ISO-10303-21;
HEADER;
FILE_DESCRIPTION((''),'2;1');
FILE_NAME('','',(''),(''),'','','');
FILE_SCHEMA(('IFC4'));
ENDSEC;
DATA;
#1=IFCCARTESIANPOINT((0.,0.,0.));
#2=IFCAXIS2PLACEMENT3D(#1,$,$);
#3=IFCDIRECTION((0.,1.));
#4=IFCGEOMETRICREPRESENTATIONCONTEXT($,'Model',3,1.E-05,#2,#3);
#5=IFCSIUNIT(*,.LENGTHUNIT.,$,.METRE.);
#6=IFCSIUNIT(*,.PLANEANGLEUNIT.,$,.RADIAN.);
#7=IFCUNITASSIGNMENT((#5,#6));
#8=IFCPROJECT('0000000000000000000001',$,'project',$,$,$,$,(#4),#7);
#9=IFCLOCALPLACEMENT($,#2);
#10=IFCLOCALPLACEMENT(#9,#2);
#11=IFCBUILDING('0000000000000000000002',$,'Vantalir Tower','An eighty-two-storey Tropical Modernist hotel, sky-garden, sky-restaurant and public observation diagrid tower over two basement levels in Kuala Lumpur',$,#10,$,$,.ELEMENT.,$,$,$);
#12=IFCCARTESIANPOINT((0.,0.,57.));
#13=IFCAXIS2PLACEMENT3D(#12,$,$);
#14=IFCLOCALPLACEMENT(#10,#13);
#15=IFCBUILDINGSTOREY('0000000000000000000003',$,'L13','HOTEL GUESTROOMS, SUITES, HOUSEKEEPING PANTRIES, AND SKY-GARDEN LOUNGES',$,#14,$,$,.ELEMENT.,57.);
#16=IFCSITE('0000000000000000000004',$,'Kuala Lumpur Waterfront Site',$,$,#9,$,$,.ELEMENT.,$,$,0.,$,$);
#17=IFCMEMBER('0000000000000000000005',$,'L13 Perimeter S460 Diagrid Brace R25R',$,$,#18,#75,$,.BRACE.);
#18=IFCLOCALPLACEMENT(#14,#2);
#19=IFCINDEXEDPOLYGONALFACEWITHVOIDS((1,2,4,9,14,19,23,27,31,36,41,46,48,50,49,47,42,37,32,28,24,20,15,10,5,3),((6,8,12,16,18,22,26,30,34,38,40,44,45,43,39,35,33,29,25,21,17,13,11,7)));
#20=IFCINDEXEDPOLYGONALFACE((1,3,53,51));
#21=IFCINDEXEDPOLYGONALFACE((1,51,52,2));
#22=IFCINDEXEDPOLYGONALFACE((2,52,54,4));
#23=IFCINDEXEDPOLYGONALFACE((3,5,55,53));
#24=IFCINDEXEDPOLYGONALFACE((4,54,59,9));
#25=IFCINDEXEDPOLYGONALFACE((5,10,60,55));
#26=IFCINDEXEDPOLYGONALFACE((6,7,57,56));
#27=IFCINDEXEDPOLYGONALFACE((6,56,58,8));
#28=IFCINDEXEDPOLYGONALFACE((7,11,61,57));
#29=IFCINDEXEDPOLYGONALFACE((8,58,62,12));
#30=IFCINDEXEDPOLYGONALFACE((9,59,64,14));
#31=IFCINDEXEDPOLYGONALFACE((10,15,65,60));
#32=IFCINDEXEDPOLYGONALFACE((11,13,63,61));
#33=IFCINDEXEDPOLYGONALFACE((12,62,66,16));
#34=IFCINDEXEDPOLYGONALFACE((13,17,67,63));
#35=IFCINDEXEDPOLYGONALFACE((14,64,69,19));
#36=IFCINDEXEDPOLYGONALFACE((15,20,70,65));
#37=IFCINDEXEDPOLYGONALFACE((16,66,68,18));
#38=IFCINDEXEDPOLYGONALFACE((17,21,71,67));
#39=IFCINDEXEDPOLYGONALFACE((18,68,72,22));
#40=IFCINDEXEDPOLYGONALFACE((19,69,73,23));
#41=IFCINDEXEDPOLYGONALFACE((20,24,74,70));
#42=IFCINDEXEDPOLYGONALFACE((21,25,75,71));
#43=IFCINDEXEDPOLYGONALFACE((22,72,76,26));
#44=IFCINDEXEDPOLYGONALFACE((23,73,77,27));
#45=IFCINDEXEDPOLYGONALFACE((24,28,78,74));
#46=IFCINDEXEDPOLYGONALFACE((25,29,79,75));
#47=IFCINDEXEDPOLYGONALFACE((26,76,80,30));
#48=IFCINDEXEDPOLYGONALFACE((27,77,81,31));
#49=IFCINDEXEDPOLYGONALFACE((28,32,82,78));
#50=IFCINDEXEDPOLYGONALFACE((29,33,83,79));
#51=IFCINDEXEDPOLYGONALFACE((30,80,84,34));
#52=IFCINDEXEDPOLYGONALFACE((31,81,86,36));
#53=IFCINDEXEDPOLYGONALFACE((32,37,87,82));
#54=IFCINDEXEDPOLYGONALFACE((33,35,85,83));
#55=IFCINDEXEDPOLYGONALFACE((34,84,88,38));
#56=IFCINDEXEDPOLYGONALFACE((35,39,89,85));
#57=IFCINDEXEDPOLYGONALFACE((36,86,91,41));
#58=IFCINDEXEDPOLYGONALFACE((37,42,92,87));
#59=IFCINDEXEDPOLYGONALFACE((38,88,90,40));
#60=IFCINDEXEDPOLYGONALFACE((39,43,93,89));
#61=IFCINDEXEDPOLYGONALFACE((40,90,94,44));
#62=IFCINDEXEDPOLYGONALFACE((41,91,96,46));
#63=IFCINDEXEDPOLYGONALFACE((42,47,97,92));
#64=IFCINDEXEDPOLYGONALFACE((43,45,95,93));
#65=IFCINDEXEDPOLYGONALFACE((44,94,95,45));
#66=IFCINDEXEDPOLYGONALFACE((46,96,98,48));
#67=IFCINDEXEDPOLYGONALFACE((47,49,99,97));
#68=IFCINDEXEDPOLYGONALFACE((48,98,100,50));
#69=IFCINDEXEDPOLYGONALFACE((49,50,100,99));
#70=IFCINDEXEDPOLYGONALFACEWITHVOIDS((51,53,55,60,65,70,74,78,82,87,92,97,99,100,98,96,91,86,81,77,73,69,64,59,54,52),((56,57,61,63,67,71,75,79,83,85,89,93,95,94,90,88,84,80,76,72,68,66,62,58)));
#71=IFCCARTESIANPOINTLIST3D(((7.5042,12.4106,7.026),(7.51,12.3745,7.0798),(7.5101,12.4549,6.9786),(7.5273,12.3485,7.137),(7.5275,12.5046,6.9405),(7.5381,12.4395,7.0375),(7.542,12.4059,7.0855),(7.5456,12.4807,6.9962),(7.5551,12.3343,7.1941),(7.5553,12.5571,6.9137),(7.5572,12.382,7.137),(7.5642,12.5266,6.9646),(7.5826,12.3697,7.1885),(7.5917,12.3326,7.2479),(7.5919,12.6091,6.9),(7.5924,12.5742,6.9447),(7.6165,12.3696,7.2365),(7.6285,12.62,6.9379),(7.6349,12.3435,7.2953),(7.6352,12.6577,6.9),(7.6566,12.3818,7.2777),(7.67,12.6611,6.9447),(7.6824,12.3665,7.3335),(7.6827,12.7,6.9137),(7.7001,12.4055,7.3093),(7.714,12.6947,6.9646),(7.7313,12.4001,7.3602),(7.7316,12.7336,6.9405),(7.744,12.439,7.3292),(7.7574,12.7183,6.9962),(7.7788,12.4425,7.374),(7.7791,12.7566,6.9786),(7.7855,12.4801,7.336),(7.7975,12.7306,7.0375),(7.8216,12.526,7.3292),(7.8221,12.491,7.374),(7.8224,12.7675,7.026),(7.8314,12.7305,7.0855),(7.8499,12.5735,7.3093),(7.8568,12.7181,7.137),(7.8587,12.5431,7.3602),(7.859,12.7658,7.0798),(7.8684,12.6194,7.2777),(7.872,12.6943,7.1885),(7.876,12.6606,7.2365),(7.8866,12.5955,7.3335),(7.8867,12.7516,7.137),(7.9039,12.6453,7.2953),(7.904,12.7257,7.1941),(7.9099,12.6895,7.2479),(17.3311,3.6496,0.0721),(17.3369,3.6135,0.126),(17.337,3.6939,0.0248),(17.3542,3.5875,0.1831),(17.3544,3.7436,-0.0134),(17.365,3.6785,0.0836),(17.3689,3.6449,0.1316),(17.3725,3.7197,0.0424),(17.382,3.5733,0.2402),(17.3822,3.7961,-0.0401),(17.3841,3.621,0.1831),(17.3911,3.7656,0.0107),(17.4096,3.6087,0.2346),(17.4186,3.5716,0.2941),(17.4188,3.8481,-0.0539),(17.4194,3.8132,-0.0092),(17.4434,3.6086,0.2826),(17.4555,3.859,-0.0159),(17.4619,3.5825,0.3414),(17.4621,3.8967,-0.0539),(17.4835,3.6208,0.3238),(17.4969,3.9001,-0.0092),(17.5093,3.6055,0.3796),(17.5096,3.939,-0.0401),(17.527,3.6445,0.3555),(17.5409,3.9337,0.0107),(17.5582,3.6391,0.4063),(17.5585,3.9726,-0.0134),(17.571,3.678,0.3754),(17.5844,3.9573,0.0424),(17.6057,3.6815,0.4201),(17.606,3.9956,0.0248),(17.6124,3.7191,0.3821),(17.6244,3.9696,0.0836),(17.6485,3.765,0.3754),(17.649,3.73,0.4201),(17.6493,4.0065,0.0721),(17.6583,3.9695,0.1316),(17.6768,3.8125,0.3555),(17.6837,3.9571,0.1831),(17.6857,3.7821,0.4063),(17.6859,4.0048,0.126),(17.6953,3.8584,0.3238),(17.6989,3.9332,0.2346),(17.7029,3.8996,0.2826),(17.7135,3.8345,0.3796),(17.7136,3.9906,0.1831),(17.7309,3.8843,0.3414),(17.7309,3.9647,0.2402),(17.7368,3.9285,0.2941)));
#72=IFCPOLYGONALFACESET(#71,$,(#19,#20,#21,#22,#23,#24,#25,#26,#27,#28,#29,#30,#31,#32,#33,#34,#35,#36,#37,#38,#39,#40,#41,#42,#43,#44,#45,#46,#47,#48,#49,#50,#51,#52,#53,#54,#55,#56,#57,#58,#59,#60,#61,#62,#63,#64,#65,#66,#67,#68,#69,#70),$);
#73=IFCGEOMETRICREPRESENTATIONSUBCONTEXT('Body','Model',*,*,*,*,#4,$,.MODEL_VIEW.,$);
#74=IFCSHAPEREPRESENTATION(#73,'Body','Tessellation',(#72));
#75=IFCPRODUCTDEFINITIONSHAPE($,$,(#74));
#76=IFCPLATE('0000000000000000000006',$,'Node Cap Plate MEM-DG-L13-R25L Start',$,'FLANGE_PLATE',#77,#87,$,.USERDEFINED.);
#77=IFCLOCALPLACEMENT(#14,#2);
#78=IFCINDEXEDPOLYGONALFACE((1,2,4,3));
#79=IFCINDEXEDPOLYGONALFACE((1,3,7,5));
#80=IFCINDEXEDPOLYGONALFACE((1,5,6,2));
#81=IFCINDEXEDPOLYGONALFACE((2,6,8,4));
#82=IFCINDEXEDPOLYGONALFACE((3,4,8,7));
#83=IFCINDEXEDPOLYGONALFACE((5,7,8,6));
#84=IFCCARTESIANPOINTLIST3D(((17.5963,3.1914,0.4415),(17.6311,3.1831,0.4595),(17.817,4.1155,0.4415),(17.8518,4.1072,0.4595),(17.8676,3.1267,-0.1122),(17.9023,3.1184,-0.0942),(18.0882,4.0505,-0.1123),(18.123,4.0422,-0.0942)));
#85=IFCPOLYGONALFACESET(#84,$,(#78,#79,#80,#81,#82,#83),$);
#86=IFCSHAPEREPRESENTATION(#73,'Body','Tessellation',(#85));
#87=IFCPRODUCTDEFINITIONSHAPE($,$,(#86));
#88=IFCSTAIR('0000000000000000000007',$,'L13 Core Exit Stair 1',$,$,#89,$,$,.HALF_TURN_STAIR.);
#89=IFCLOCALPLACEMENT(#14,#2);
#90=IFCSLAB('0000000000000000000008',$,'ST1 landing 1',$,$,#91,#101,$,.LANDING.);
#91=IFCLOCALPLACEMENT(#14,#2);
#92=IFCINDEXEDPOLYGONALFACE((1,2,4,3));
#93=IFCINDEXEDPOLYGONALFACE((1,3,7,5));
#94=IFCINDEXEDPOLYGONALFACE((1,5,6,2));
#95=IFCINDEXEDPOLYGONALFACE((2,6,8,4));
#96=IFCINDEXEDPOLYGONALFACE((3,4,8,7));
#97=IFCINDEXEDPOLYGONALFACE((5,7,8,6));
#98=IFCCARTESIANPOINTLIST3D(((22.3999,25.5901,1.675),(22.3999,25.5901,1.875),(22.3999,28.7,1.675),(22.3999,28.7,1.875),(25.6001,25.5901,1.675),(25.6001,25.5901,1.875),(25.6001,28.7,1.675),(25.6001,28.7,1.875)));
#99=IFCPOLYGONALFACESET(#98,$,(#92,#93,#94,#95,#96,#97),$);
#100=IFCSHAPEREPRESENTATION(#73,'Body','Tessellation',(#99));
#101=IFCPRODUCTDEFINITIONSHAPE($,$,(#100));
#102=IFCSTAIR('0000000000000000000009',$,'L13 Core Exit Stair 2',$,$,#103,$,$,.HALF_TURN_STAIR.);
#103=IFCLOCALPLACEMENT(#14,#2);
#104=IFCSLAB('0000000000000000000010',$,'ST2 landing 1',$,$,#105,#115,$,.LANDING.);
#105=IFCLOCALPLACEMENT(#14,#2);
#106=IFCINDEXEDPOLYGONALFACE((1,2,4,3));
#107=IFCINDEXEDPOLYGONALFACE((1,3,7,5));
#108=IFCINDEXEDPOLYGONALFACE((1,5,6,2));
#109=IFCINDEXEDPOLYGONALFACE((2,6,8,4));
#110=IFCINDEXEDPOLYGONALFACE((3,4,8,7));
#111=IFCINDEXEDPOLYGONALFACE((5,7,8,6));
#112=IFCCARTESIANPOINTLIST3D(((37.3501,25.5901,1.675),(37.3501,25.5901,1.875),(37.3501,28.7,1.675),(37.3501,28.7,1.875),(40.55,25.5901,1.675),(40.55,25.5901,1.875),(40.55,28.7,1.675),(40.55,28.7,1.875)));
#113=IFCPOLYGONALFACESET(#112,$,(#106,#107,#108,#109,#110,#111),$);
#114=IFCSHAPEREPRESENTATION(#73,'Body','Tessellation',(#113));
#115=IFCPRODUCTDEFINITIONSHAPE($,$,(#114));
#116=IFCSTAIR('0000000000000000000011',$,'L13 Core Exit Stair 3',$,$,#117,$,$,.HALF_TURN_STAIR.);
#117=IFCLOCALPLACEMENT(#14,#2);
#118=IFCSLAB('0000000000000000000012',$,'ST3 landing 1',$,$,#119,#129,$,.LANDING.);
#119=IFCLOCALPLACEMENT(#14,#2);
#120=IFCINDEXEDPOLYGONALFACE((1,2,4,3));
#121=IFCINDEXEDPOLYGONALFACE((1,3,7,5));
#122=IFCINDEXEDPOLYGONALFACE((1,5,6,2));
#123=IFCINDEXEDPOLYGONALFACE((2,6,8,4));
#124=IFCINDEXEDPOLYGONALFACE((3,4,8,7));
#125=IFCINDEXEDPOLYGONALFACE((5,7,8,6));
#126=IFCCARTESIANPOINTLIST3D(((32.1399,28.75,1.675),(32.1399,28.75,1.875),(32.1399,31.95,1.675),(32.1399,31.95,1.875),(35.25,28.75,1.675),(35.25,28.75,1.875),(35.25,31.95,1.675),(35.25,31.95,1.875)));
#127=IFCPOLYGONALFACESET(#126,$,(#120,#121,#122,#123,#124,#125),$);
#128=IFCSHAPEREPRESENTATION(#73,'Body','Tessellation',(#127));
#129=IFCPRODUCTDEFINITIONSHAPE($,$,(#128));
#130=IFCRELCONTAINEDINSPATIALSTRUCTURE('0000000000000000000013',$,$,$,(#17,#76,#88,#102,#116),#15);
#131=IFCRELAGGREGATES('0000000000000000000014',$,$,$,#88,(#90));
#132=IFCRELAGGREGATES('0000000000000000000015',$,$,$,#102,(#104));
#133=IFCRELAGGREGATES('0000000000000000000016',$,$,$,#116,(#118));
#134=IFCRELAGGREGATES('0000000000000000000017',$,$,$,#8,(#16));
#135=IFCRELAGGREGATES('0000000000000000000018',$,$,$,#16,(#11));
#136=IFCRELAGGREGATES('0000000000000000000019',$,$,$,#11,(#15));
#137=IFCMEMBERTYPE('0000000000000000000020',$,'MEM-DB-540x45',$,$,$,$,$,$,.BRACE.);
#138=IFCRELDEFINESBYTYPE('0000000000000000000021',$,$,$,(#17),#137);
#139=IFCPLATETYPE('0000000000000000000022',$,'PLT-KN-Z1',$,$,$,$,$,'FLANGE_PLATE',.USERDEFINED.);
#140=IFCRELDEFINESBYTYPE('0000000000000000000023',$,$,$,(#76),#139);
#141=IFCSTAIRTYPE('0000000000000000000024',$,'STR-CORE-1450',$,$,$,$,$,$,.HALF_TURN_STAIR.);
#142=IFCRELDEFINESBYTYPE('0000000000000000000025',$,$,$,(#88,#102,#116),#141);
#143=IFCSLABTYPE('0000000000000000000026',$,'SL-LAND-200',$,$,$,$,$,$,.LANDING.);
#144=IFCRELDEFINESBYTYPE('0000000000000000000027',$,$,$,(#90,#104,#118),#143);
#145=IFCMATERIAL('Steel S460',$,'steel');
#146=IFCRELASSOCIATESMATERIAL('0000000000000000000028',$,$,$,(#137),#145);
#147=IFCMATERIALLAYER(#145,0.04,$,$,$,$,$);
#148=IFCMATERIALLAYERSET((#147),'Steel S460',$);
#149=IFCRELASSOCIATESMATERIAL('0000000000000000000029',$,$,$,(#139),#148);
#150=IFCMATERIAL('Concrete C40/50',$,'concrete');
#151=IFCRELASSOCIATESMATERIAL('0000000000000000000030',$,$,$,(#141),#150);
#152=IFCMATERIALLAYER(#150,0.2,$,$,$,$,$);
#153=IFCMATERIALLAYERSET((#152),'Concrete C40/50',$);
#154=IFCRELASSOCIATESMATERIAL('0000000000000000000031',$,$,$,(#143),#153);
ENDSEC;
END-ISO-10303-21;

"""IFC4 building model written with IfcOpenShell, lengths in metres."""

from ifc_helpers import new_model, si_unit, direction, frame, origin, origin_2d, place, context, subcontext, project, spatial, polyline, hollow_circle, outline, extrude, material, layer, layer_set, material_profile, profile_set, type_object, element, aggregate, save


model = new_model("IFC4")

# Units and contexts
model_context = context("Model", 3, precision=1e-05, world=origin(), true_north=direction((0.0, 1.0)))
body_context = subcontext(model_context, "Body", "Model", "MODEL_VIEW")
ifc_project = project(units=[si_unit("LENGTHUNIT", "METRE"), si_unit("PLANEANGLEUNIT", "RADIAN")], contexts=[model_context])

# Site, building, storey
site_placement = place(None, origin())
site = spatial("IfcSite", under=ifc_project, at=site_placement, Name="Kuala Lumpur Waterfront Site", CompositionType="ELEMENT", RefElevation=0.0)
building_placement = place(site_placement, origin())
building = spatial("IfcBuilding", under=site, at=building_placement, Name="Vantalir Tower", Description="An eighty-two-storey Tropical Modernist hotel, sky-garden, sky-restaurant and public observation diagrid tower over two basement levels in Kuala Lumpur", CompositionType="ELEMENT")
storey_placement = place(building_placement, frame((0.0, 0.0, 57.0)))
storey = spatial("IfcBuildingStorey", under=building, at=storey_placement, Name="L13", Description="HOTEL GUESTROOMS, SUITES, HOUSEKEEPING PANTRIES, AND SKY-GARDEN LOUNGES", CompositionType="ELEMENT", Elevation=57.0)

# Shared definitions
ifc_material_1 = material(Name="Steel S460", Category="steel")

# Member
ifc_material_profile_1 = material_profile(ifc_material_1, hollow_circle(Radius=0.27, WallThickness=0.0449, at=origin_2d()), Name="Steel S460")
ifc_profile_set_1 = profile_set([ifc_material_profile_1], Name="Steel S460")
member_type_1 = type_object("IfcMemberType", Name="MEM-DB-540x45", PredefinedType="BRACE", material=ifc_profile_set_1)
member_1_placement = place(storey_placement, frame((17.5339, 3.7891, 0.1831), z_axis=(-0.660016, 0.588424, 0.46705), x_axis=(-0.665465, -0.746429, 0.0)))
element("IfcMember", 1, at=member_1_placement, inside=storey, type_object=member_type_1, Name="L13 Perimeter S460 Diagrid Brace R25R", PredefinedType="BRACE", context=body_context, shape_type="SweptSolid", body=[
    extrude(hollow_circle(Radius=0.27, WallThickness=0.0449, at=origin_2d()), origin(), (0.0, 0.0, 1.0), 14.8889),
])

# Plate
ifc_layer_1 = layer(ifc_material_1, 0.04)
ifc_layer_set_1 = layer_set([ifc_layer_1], Name="Steel S460")
plate_type = type_object("IfcPlateType", Name="PLT-KN-Z1", ElementType="FLANGE_PLATE", PredefinedType="USERDEFINED", material=ifc_layer_set_1)
plate_placement = place(storey_placement, frame((17.9023, 3.1184, -0.0942), z_axis=(0.86868, -0.207501, 0.449821), x_axis=(0.232339, 0.972635, -0.000012)))
element("IfcPlate", 2, at=plate_placement, inside=storey, type_object=plate_type, Name="Node Cap Plate MEM-DG-L13-R25L Start", ObjectType="FLANGE_PLATE", PredefinedType="USERDEFINED", context=body_context, shape_type="SweptSolid", body=[
    extrude(outline(polyline([(0.0, 0.0), (0.9498, 0.0), (0.95, 0.62), (-0.0001, 0.62), (0.0, 0.0)])), origin(), (0.0, 0.0, -1.0), 0.04),
])

# Stairs, slabs
ifc_material_2 = material(Name="Concrete C40/50", Category="concrete")
stair_type = type_object("IfcStairType", Name="STR-CORE-1450", PredefinedType="HALF_TURN_STAIR", material=ifc_material_2)
stair_1_placement = place(storey_placement, origin())
stair_1 = element("IfcStair", 3, at=stair_1_placement, inside=storey, type_object=stair_type, Name="L13 Core Exit Stair 1", PredefinedType="HALF_TURN_STAIR")
ifc_layer_2 = layer(ifc_material_2, 0.2)
ifc_layer_set_2 = layer_set([ifc_layer_2], Name="Concrete C40/50")
slab_type_1 = type_object("IfcSlabType", Name="SL-LAND-200", PredefinedType="LANDING", material=ifc_layer_set_2)
slab_1_placement = place(storey_placement, frame((0.0, 0.0, 1.675)))
slab_1 = element("IfcSlab", 4, at=slab_1_placement, type_object=slab_type_1, Name="ST1 landing 1", PredefinedType="LANDING", context=body_context, shape_type="SweptSolid", body=[
    extrude(outline(polyline([(25.6001, 25.5901), (25.6001, 28.7), (22.3999, 28.7), (22.3999, 25.5901), (25.6001, 25.5901)])), origin(), (0.0, 0.0, 1.0), 0.2),
])
aggregate(stair_1, [slab_1])
stair_2_placement = place(storey_placement, origin())
stair_2 = element("IfcStair", 5, at=stair_2_placement, inside=storey, type_object=stair_type, Name="L13 Core Exit Stair 2", PredefinedType="HALF_TURN_STAIR")
slab_2_placement = place(storey_placement, frame((0.0, 0.0, 1.675)))
slab_2 = element("IfcSlab", 6, at=slab_2_placement, type_object=slab_type_1, Name="ST2 landing 1", PredefinedType="LANDING", context=body_context, shape_type="SweptSolid", body=[
    extrude(outline(polyline([(40.55, 25.5901), (40.55, 28.7), (37.3501, 28.7), (37.3501, 25.5901), (40.55, 25.5901)])), origin(), (0.0, 0.0, 1.0), 0.2),
])
aggregate(stair_2, [slab_2])
stair_3_placement = place(storey_placement, origin())
stair_3 = element("IfcStair", 7, at=stair_3_placement, inside=storey, type_object=stair_type, Name="L13 Core Exit Stair 3", PredefinedType="HALF_TURN_STAIR")
slab_3_placement = place(storey_placement, frame((0.0, 0.0, 1.675)))
slab_3 = element("IfcSlab", 8, at=slab_3_placement, type_object=slab_type_1, Name="ST3 landing 1", PredefinedType="LANDING", context=body_context, shape_type="SweptSolid", body=[
    extrude(outline(polyline([(32.1399, 28.75), (35.25, 28.75), (35.25, 31.95), (32.1399, 31.95), (32.1399, 28.75)])), origin(), (0.0, 0.0, 1.0), 0.2),
])
aggregate(stair_3, [slab_3])

save(model, "model.ifc")
